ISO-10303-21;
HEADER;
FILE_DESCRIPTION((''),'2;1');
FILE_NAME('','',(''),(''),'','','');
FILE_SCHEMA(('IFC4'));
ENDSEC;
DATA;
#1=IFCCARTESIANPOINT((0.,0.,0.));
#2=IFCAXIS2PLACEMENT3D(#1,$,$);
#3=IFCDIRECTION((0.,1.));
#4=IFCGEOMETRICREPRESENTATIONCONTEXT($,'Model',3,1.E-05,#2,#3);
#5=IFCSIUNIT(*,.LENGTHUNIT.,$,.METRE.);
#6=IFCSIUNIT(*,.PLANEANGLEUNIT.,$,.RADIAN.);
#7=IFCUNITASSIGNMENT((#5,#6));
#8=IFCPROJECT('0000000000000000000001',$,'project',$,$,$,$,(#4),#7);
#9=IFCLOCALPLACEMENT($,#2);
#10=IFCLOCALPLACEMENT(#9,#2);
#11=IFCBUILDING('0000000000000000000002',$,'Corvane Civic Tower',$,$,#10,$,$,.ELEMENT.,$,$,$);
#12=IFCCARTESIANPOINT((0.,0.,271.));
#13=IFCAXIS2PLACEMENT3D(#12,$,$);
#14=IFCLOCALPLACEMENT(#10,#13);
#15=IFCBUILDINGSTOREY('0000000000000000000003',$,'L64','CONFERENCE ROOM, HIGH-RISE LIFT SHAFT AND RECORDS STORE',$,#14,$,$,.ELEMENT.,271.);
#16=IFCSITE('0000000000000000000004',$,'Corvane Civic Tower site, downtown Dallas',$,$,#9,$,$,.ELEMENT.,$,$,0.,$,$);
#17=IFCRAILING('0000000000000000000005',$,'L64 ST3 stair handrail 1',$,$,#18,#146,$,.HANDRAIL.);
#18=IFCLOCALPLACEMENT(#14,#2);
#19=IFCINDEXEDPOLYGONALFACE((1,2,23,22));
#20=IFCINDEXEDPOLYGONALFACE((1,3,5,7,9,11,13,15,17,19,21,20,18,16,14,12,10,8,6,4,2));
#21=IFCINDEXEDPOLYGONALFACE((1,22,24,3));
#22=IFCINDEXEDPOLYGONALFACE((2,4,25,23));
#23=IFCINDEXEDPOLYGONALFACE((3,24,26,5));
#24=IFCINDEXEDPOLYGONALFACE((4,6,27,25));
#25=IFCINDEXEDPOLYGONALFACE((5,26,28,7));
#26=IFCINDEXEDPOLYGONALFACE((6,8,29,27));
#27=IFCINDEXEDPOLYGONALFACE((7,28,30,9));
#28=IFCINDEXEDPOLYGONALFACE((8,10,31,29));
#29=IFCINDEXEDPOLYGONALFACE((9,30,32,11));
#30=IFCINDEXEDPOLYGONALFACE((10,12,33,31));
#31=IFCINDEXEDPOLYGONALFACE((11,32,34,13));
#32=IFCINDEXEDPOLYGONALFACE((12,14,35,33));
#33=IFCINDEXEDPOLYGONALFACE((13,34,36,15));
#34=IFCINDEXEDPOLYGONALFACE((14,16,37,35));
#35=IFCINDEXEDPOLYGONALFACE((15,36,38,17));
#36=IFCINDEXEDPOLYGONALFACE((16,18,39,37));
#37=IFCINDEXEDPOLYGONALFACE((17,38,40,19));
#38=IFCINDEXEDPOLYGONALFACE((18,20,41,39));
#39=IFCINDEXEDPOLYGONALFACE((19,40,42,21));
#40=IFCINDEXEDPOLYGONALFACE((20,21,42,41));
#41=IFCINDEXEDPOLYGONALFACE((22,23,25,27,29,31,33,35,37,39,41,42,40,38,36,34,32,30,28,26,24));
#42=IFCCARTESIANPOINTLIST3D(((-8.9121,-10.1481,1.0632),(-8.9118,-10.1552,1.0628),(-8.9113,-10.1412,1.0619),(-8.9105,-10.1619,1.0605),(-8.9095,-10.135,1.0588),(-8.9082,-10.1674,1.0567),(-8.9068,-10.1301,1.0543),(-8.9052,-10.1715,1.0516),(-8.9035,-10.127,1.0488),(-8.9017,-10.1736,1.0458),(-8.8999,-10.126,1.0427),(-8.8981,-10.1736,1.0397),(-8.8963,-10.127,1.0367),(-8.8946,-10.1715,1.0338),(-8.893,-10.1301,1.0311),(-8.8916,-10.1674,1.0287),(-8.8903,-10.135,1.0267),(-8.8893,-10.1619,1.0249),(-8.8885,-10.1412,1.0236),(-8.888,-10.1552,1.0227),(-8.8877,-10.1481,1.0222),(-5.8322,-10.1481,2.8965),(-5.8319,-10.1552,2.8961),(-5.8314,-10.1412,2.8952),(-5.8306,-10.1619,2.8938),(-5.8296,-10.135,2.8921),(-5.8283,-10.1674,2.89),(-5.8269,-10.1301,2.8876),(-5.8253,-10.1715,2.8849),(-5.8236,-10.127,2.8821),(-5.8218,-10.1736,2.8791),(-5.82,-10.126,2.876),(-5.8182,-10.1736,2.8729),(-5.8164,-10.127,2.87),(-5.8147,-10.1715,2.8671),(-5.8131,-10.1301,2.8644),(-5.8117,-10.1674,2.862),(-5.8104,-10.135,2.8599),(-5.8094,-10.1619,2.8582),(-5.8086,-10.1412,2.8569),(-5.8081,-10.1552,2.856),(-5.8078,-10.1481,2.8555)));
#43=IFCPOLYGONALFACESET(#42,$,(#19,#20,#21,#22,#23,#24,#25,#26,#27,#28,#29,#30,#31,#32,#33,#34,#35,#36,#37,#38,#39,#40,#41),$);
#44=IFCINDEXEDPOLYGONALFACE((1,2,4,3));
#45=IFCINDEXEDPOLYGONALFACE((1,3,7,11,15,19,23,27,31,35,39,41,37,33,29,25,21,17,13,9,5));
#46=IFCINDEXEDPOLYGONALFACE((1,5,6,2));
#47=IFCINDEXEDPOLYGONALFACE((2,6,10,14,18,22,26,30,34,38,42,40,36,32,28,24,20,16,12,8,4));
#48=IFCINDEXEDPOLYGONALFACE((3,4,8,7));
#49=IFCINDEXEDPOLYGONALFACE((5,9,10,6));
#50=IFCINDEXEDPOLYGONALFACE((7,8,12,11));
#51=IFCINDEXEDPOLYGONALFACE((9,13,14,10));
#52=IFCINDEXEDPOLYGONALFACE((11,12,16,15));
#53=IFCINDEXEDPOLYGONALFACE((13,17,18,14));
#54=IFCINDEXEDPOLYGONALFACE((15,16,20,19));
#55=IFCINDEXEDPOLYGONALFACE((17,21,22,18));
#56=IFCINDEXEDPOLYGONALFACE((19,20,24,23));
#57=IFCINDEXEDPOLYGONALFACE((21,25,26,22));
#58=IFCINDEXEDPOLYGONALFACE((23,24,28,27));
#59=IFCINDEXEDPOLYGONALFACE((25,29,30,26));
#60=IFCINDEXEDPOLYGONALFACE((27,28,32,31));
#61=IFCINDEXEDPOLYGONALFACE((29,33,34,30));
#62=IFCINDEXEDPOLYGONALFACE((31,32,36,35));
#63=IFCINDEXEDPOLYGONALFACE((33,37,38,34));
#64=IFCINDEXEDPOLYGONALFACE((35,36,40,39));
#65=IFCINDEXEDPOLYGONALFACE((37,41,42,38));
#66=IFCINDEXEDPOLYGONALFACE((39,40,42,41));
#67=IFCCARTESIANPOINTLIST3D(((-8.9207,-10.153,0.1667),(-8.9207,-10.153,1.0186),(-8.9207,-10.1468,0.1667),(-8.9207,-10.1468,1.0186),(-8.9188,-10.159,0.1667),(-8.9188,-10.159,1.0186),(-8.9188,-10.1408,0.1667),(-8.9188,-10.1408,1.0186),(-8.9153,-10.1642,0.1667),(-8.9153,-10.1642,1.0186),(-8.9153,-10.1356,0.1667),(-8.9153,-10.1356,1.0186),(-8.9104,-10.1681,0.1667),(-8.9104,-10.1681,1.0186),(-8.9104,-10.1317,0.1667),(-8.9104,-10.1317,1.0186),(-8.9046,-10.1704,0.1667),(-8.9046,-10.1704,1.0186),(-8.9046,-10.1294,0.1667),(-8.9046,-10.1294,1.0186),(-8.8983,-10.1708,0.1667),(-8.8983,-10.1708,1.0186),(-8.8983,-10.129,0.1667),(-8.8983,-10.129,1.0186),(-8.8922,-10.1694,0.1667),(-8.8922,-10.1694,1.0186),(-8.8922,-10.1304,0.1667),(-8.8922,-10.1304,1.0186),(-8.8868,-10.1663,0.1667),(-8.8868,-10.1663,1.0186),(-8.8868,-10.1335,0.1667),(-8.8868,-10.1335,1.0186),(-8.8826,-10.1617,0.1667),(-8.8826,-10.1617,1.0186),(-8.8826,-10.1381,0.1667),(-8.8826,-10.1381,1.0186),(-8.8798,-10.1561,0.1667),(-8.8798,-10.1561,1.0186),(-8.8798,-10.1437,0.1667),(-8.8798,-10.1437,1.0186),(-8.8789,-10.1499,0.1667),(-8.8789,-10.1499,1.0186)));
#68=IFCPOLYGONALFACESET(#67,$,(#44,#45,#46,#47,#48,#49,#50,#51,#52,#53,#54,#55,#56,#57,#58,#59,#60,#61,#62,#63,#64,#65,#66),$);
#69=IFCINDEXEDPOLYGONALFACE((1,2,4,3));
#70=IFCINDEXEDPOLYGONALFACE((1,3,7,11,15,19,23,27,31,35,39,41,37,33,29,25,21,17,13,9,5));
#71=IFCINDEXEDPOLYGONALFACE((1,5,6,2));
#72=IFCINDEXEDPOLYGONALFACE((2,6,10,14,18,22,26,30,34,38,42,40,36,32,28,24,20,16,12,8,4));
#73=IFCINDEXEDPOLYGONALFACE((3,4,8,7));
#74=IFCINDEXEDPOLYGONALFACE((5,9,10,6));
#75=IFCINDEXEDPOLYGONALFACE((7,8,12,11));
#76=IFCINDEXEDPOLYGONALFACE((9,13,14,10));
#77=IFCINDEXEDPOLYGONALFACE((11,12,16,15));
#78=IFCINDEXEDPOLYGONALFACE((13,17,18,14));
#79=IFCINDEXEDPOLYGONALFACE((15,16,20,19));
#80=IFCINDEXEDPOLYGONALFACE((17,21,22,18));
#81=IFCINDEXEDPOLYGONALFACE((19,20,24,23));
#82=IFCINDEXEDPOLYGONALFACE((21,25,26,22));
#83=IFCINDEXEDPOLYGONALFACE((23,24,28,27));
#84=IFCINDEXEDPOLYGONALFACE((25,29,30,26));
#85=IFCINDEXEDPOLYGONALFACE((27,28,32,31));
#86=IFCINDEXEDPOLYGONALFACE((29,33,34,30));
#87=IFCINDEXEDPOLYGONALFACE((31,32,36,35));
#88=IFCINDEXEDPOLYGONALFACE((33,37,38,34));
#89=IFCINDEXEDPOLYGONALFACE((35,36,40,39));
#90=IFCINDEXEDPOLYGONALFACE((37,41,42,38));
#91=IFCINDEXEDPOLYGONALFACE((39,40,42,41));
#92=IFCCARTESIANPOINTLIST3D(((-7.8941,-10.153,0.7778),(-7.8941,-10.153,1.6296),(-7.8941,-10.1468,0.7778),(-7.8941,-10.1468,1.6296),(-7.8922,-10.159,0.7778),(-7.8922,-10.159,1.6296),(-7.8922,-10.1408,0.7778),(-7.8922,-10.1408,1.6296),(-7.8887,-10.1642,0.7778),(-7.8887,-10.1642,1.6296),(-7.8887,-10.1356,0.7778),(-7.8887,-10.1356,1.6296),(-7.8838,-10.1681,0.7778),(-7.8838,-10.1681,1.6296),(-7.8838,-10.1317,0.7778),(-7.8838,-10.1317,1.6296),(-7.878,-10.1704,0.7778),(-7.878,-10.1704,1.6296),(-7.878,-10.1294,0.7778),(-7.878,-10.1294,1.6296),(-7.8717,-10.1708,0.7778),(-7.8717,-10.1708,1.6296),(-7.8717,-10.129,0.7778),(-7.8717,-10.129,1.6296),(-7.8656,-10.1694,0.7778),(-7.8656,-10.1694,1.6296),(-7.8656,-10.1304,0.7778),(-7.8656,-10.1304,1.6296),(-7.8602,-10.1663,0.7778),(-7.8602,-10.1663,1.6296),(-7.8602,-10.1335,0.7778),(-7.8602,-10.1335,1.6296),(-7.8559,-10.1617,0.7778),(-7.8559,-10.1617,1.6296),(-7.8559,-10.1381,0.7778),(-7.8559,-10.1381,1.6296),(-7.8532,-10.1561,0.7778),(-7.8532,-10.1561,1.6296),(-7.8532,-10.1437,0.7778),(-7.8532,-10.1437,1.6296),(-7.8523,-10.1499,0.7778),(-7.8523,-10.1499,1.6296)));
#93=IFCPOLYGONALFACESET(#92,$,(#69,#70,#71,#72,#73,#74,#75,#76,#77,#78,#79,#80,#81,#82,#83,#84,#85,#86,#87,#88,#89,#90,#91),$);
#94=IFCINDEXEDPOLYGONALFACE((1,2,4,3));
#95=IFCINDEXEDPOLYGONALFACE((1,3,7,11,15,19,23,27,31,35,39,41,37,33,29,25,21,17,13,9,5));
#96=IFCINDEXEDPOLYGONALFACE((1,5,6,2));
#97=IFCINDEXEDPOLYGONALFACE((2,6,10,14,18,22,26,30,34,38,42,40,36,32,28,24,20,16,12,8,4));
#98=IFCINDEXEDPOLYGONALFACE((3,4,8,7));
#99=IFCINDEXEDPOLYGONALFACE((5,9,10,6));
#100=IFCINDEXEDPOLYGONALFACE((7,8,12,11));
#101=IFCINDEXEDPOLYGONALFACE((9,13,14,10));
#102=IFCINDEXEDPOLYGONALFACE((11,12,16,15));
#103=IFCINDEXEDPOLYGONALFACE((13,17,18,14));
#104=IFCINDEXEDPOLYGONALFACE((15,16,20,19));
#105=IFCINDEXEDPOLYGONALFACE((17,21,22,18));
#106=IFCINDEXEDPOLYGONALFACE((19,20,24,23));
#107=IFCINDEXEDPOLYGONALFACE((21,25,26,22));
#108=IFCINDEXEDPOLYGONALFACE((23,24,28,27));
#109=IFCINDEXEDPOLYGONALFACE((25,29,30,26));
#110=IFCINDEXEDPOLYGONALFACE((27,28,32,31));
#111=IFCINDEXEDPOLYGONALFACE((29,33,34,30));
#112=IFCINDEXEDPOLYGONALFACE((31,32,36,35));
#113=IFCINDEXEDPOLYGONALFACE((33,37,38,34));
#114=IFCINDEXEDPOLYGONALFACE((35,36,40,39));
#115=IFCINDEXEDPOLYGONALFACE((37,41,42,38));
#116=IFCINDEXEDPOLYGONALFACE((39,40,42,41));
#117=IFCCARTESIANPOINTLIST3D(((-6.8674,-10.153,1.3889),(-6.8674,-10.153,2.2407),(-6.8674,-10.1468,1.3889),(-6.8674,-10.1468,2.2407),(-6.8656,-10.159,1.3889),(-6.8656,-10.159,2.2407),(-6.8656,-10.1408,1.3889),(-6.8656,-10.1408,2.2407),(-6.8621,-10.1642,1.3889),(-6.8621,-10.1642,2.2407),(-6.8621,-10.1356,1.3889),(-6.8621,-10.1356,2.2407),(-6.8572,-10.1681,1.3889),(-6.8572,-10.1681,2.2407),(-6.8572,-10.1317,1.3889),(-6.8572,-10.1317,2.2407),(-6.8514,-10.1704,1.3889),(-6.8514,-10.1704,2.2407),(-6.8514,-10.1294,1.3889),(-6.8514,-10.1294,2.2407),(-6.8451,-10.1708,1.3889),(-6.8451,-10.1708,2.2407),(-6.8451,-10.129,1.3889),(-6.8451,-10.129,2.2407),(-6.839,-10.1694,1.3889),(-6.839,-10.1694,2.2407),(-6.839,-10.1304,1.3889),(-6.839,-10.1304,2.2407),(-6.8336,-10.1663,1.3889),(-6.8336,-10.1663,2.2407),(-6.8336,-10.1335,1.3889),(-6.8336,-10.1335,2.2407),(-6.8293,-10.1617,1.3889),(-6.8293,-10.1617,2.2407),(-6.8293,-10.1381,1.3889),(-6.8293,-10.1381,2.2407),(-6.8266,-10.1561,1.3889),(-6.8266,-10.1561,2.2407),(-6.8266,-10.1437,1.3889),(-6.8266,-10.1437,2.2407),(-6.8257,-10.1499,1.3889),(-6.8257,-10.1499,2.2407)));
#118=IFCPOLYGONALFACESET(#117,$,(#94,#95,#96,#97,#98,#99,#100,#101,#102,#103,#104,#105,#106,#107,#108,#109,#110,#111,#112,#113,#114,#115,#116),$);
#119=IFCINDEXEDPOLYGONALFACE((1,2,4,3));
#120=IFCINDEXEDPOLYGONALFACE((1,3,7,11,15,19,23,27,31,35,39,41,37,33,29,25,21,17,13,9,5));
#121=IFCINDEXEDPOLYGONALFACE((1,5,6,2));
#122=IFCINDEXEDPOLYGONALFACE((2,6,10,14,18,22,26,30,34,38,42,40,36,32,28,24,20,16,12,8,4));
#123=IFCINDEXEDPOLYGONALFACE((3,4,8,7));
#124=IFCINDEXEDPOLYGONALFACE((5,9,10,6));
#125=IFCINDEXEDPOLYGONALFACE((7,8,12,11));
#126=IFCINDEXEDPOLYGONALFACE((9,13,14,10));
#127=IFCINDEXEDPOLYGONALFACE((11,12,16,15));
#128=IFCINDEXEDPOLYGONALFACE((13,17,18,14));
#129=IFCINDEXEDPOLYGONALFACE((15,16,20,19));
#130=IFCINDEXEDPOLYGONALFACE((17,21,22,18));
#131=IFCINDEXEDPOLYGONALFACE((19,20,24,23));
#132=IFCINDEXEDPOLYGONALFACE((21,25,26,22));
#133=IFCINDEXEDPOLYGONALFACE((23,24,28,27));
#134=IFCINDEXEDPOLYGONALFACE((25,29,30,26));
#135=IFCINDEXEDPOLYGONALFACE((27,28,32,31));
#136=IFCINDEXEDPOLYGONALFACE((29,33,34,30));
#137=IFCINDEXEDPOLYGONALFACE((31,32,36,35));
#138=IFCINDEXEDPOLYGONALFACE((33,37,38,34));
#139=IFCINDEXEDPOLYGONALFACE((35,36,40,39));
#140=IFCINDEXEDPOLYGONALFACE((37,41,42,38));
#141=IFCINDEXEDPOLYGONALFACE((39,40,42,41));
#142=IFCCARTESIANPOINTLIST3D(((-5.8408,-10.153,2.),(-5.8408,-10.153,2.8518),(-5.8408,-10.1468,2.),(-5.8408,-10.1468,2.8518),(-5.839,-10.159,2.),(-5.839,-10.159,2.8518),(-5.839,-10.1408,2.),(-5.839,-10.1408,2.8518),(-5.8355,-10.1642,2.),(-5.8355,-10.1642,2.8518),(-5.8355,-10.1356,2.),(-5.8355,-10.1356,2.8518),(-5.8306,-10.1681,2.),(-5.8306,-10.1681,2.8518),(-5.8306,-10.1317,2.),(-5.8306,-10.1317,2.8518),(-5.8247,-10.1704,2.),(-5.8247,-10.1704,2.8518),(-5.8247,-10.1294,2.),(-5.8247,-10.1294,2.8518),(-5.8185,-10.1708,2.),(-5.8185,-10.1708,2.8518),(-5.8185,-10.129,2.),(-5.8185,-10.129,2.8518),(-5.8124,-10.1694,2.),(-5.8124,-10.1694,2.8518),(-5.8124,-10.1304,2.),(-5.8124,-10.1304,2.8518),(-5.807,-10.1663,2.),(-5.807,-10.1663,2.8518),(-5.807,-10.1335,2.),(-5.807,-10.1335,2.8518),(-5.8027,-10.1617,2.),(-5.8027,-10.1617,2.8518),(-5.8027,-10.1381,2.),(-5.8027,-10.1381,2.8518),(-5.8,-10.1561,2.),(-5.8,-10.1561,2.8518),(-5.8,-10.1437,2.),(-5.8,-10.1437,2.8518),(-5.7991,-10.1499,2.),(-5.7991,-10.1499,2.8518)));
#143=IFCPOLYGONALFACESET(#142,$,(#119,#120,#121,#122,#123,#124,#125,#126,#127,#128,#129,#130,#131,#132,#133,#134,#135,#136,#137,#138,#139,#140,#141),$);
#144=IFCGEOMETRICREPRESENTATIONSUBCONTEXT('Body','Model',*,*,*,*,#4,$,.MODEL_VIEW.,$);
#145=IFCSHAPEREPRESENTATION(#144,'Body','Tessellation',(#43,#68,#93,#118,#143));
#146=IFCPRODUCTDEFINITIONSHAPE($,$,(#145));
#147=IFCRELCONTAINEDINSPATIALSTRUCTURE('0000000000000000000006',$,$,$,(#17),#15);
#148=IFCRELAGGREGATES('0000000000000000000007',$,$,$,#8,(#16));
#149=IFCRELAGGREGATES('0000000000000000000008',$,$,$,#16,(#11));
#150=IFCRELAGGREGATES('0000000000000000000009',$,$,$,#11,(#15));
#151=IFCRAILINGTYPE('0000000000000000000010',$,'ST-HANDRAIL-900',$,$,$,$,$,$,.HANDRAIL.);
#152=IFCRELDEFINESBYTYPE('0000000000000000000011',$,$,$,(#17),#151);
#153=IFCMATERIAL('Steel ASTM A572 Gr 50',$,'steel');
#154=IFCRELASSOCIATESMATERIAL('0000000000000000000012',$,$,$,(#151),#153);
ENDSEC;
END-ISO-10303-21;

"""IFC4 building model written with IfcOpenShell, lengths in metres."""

from ifc_helpers import new_model, si_unit, direction, frame, origin, origin_2d, place, context, subcontext, project, spatial, circle, extrude, material, type_object, element, save


model = new_model("IFC4")

# Units and contexts
model_context = context("Model", 3, precision=1e-05, world=origin(), true_north=direction((0.0, 1.0)))
body_context = subcontext(model_context, "Body", "Model", "MODEL_VIEW")
ifc_project = project(units=[si_unit("LENGTHUNIT", "METRE"), si_unit("PLANEANGLEUNIT", "RADIAN")], contexts=[model_context])

# Site, building, storey
site_placement = place(None, origin())
site = spatial("IfcSite", under=ifc_project, at=site_placement, Name="Corvane Civic Tower site, downtown Dallas", CompositionType="ELEMENT", RefElevation=0.0)
building_placement = place(site_placement, origin())
building = spatial("IfcBuilding", under=site, at=building_placement, Name="Corvane Civic Tower", CompositionType="ELEMENT")
storey_placement = place(building_placement, frame((0.0, 0.0, 271.0)))
storey = spatial("IfcBuildingStorey", under=building, at=storey_placement, Name="L64", Description="CONFERENCE ROOM, HIGH-RISE LIFT SHAFT AND RECORDS STORE", CompositionType="ELEMENT", Elevation=271.0)

# Railing
ifc_material_1 = material(Name="Steel ASTM A572 Gr 50", Category="steel")
railing_type_1 = type_object("IfcRailingType", Name="ST-HANDRAIL-900", PredefinedType="HANDRAIL", material=ifc_material_1)
railing_1_placement = place(storey_placement, frame((-8.8999, -10.1499, 0.1667)))
element("IfcRailing", 1, at=railing_1_placement, inside=storey, type_object=railing_type_1, Name="L64 ST3 stair handrail 1", PredefinedType="HANDRAIL", context=body_context, shape_type="SweptSolid", body=[
    extrude(circle(Radius=0.0239, at=origin_2d()), frame((0.0, 0.0, 0.876), z_axis=(0.859291, 0.0, 0.511487), x_axis=(0.0, 1.0, 0.0)), (0.0, 0.0, 1.0), 3.5842),
    extrude(circle(Radius=0.021, at=origin_2d()), origin(), (0.0, 0.0, 1.0), 0.8518),
    extrude(circle(Radius=0.021, at=origin_2d()), frame((1.0266, 0.0, 0.6111)), (0.0, 0.0, 1.0), 0.8518),
    extrude(circle(Radius=0.021, at=origin_2d()), frame((2.0532, 0.0, 1.2222)), (0.0, 0.0, 1.0), 0.8518),
    extrude(circle(Radius=0.021, at=origin_2d()), frame((3.0798, 0.0, 1.8333)), (0.0, 0.0, 1.0), 0.8518),
])

save(model, "model.ifc")
